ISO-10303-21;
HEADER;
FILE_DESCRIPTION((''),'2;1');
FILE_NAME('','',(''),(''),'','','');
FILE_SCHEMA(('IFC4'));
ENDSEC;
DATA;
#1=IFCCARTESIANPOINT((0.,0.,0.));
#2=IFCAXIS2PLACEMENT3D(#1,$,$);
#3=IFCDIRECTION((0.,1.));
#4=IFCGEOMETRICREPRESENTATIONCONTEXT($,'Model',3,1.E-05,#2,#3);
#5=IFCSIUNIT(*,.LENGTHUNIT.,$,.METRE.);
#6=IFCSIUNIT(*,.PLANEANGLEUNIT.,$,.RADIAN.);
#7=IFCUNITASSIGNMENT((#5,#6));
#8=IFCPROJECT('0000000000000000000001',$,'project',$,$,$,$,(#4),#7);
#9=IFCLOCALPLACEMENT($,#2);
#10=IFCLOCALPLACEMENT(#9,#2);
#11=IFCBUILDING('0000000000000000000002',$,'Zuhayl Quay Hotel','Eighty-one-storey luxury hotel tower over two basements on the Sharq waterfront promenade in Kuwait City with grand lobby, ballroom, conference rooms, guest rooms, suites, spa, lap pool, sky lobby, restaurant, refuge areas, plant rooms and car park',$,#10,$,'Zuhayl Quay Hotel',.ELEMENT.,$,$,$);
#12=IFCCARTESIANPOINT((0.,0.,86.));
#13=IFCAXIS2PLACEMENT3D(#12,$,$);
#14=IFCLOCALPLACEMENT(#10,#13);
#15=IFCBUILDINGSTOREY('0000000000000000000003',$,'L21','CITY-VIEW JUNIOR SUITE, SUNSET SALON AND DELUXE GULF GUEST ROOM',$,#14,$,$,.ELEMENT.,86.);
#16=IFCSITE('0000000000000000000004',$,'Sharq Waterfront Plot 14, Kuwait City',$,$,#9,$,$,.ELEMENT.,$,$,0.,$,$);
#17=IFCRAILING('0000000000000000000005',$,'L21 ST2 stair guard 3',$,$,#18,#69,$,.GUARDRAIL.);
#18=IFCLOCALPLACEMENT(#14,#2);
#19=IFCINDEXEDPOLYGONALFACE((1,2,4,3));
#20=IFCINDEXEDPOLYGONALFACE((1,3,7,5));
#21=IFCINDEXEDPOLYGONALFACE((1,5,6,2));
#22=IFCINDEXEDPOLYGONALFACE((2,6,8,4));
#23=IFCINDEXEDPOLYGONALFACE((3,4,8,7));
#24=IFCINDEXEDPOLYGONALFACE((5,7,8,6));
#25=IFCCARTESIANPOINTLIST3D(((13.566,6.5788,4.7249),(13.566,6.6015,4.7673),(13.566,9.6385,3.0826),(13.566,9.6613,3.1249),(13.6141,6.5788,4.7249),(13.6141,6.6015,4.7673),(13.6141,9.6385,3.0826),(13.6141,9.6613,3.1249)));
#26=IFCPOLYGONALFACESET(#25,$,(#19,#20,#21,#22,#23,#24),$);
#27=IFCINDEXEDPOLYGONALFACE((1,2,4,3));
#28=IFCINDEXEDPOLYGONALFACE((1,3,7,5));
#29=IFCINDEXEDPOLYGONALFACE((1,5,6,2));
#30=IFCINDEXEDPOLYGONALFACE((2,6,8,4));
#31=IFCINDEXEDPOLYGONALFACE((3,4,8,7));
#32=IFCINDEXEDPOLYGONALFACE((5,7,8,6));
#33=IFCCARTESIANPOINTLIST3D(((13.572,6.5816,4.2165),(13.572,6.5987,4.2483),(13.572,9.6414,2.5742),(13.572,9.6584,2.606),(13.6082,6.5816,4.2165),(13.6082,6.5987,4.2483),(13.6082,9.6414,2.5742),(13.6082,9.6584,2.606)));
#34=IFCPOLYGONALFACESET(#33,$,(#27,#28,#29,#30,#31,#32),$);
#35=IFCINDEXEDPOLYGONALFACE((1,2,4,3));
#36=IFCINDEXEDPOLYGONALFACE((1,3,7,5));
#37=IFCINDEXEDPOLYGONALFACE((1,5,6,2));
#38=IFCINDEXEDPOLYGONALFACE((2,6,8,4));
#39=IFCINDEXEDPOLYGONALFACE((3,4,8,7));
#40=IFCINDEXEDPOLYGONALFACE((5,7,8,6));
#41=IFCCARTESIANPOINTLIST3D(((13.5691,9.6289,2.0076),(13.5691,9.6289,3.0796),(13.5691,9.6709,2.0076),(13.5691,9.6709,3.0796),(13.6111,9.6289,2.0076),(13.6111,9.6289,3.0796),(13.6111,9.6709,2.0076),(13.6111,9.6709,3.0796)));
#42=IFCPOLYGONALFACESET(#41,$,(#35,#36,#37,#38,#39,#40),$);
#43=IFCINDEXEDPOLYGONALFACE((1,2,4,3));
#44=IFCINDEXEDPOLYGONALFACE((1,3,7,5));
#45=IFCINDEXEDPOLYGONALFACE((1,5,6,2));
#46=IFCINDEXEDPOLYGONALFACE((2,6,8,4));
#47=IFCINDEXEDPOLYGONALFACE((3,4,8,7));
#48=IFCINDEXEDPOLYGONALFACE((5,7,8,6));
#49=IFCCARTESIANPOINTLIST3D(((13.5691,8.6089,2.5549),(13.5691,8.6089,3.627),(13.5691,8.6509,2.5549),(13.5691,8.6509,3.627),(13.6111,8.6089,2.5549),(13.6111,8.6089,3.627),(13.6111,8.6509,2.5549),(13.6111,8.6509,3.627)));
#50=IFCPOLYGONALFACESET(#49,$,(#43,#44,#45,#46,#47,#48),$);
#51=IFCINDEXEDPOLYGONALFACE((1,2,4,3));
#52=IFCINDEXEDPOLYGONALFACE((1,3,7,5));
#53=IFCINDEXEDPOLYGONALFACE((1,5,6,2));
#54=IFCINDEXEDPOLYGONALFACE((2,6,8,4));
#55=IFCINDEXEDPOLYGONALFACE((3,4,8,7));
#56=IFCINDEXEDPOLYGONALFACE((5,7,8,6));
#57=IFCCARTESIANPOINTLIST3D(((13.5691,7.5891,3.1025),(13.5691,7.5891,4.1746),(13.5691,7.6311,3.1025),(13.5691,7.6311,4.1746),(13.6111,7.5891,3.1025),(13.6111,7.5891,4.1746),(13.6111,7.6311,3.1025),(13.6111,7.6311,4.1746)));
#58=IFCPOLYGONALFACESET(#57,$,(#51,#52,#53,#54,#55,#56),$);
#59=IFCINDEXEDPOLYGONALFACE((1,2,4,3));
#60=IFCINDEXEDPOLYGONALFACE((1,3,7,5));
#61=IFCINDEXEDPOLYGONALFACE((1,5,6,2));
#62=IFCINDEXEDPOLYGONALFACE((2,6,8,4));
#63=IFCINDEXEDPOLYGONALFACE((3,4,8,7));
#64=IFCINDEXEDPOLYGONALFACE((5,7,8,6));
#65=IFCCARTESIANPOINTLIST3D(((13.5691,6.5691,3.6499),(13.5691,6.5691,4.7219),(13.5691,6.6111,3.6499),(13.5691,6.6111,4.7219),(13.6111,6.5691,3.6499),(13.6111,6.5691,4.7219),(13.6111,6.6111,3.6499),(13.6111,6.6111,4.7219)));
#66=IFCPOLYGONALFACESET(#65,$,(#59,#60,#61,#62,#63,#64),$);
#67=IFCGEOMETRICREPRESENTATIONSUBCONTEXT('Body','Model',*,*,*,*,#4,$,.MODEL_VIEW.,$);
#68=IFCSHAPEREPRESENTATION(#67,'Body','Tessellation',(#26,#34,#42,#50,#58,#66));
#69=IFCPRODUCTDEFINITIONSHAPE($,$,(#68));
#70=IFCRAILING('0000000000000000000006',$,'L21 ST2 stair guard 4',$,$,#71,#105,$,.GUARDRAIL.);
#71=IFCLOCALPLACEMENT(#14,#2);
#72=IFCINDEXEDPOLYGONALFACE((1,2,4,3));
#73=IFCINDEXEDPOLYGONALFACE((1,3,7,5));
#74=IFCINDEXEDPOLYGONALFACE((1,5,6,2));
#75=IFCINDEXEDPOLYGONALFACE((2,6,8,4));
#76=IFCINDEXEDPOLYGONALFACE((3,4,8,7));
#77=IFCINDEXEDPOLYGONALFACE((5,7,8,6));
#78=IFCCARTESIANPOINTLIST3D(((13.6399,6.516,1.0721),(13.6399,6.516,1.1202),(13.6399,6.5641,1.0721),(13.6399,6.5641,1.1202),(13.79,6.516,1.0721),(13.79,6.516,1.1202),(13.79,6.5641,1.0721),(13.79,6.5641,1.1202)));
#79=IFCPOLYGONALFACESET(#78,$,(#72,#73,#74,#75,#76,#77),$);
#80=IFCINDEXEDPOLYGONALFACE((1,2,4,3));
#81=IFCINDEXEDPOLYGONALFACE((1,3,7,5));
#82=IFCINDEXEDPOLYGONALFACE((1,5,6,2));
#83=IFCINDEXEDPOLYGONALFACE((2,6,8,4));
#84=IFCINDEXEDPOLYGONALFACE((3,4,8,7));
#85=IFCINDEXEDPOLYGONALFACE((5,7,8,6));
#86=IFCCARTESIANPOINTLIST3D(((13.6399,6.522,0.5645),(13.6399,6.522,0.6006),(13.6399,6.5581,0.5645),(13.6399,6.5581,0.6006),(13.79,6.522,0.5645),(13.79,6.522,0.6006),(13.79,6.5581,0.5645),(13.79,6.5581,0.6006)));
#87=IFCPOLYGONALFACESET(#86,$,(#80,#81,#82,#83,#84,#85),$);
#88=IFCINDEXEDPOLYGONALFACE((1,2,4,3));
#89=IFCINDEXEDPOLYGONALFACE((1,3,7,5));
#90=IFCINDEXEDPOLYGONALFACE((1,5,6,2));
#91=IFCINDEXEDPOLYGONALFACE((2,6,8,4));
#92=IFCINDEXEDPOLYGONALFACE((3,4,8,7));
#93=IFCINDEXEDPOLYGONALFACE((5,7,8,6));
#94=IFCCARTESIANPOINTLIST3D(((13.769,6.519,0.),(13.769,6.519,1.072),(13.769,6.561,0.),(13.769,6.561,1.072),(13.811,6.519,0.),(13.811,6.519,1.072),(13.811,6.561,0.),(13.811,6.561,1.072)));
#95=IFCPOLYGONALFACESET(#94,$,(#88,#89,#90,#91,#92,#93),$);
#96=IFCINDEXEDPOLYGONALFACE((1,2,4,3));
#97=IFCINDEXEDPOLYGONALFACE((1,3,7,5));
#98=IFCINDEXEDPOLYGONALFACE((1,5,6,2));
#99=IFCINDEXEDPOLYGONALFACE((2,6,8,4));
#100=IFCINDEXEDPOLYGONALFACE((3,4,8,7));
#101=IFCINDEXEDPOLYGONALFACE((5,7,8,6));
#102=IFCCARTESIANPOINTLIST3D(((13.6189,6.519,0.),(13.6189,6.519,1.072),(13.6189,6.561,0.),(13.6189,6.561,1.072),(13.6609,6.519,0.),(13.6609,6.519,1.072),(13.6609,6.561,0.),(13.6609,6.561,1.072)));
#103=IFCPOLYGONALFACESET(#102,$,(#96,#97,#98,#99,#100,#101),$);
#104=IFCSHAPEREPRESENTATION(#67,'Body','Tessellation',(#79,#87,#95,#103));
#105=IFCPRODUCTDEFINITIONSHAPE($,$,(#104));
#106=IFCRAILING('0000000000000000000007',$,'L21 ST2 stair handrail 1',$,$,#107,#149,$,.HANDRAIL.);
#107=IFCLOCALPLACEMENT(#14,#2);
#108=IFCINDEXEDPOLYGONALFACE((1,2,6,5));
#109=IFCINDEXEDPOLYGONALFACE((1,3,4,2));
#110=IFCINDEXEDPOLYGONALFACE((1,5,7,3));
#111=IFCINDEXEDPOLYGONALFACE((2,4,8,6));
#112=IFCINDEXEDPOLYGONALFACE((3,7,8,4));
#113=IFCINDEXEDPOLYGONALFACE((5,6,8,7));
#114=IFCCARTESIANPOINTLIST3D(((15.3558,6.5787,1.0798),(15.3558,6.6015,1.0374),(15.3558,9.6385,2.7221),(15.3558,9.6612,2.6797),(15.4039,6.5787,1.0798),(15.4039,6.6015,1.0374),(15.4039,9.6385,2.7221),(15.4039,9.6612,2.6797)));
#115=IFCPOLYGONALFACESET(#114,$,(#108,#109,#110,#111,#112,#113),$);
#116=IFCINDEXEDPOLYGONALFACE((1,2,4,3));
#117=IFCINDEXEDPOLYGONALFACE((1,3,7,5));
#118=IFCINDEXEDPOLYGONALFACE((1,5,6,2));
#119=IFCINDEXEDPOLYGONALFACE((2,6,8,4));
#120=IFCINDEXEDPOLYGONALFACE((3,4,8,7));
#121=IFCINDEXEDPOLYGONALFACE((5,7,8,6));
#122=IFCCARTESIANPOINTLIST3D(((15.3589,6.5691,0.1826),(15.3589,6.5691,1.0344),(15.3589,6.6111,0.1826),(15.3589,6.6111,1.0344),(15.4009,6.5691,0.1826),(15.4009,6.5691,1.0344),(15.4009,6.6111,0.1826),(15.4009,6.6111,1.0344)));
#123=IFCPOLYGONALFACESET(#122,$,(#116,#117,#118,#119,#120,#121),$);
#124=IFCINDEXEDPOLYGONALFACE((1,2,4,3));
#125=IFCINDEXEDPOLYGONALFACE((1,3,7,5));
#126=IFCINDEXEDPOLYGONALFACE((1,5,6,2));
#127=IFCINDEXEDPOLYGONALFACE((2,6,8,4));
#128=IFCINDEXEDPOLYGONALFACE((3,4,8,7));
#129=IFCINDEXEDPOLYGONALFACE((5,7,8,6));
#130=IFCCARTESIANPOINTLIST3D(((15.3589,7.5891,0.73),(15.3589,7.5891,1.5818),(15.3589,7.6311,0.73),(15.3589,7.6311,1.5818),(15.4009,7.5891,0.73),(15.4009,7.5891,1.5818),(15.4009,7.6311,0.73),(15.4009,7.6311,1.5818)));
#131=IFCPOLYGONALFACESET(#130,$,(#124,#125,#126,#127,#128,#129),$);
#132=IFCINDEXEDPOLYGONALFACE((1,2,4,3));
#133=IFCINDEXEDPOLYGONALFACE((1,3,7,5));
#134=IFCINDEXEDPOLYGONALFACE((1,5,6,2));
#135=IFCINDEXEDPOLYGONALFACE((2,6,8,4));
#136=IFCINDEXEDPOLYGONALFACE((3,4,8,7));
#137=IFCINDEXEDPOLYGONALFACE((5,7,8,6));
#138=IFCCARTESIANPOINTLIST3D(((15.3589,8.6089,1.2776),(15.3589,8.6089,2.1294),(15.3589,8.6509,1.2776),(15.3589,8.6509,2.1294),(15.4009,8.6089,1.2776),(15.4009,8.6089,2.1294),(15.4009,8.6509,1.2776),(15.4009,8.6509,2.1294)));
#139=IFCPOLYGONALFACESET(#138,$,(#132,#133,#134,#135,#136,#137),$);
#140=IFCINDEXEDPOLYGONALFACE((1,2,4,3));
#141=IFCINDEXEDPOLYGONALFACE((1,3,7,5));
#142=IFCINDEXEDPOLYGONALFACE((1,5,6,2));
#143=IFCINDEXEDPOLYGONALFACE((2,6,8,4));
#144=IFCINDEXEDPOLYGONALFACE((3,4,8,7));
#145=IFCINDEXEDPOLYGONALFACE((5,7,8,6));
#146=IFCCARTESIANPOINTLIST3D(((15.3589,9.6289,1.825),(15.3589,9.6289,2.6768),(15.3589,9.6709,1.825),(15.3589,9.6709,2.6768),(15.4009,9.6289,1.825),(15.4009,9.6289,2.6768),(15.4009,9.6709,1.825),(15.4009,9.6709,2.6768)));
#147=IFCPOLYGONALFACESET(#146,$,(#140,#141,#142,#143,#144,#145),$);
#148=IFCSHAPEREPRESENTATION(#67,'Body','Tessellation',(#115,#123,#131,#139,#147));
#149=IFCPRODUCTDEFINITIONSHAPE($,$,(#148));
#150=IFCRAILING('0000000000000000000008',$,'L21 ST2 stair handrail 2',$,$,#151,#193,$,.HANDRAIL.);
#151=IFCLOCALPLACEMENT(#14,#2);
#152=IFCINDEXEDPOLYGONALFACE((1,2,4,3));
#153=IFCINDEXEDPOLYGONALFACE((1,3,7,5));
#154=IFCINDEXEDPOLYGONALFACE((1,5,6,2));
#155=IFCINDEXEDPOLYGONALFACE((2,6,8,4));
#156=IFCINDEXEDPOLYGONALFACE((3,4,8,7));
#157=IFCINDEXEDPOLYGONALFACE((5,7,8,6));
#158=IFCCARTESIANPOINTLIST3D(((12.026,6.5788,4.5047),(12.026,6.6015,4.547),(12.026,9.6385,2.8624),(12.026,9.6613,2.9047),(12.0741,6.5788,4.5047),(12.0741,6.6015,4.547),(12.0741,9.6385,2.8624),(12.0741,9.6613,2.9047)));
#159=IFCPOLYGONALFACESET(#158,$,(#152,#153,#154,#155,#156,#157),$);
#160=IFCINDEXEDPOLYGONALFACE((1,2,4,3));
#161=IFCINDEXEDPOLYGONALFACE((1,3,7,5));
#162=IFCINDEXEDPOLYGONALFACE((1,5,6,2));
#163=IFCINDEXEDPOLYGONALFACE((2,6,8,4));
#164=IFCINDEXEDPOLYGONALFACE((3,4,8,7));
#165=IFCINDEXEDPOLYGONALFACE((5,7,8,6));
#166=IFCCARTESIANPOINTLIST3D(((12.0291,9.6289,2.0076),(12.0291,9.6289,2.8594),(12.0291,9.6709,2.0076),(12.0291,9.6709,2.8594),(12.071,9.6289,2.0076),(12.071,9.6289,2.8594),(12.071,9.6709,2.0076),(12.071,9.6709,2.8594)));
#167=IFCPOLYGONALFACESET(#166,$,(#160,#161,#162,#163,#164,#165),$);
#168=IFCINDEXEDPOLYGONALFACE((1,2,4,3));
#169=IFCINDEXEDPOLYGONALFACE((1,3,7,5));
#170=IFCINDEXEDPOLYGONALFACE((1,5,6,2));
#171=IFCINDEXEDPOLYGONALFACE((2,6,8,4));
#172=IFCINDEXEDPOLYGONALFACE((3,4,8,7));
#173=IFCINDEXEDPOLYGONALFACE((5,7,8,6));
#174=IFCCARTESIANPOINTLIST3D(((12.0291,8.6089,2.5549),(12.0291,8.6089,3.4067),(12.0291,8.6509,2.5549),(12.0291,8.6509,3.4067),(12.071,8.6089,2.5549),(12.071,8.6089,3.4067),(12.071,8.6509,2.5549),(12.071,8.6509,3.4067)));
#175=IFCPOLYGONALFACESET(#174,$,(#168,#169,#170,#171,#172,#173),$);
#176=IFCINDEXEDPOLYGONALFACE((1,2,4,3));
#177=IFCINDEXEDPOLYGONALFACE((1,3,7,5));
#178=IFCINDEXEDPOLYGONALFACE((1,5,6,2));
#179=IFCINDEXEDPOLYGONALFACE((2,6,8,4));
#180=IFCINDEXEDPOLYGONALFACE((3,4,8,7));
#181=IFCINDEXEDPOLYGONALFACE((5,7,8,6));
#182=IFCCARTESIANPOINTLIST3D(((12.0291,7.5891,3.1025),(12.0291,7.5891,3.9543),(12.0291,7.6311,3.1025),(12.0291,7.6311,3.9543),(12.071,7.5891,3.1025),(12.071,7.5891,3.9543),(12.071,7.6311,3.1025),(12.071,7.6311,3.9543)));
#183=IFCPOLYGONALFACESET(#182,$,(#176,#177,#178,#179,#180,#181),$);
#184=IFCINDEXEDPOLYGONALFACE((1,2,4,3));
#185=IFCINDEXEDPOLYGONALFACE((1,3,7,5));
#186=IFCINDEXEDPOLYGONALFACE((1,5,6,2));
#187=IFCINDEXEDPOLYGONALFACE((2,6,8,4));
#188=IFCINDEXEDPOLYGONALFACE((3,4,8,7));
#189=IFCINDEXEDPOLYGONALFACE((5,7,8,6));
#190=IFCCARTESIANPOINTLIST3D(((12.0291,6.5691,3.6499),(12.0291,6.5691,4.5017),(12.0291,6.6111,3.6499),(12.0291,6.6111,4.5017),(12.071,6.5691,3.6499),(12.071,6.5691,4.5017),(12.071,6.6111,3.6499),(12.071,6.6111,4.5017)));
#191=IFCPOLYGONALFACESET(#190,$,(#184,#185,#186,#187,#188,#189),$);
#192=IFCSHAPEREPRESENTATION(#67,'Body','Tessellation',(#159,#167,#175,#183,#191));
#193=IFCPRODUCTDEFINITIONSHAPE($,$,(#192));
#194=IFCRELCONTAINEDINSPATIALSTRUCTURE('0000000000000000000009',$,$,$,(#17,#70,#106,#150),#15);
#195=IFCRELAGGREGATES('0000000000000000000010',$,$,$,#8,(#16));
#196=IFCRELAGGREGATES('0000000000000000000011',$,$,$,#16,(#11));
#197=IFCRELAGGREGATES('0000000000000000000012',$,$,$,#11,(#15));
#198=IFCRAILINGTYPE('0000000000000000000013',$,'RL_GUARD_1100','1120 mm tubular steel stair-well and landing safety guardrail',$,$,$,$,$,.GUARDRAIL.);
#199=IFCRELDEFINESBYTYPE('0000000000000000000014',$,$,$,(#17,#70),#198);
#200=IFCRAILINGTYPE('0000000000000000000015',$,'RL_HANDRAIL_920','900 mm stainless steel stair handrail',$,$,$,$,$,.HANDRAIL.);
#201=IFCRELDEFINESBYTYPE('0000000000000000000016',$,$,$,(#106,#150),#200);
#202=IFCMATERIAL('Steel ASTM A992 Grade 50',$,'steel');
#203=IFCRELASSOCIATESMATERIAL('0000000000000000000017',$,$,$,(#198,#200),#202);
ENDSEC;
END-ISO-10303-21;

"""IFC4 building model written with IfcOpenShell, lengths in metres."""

from ifc_helpers import new_model, si_unit, direction, frame, origin, origin_2d, place, context, subcontext, project, spatial, rectangle, extrude, material, type_object, element, save


model = new_model("IFC4")

# Units and contexts
model_context = context("Model", 3, precision=1e-05, world=origin(), true_north=direction((0.0, 1.0)))
body_context = subcontext(model_context, "Body", "Model", "MODEL_VIEW")
ifc_project = project(units=[si_unit("LENGTHUNIT", "METRE"), si_unit("PLANEANGLEUNIT", "RADIAN")], contexts=[model_context])

# Site, building, storey
site_placement = place(None, origin())
site = spatial("IfcSite", under=ifc_project, at=site_placement, Name="Sharq Waterfront Plot 14, Kuwait City", CompositionType="ELEMENT", RefElevation=0.0)
building_placement = place(site_placement, origin())
building = spatial("IfcBuilding", under=site, at=building_placement, Name="Zuhayl Quay Hotel", Description="Eighty-one-storey luxury hotel tower over two basements on the Sharq waterfront promenade in Kuwait City with grand lobby, ballroom, conference rooms, guest rooms, suites, spa, lap pool, sky lobby, restaurant, refuge areas, plant rooms and car park", LongName="Zuhayl Quay Hotel", CompositionType="ELEMENT")
storey_placement = place(building_placement, frame((0.0, 0.0, 86.0)))
storey = spatial("IfcBuildingStorey", under=building, at=storey_placement, Name="L21", Description="CITY-VIEW JUNIOR SUITE, SUNSET SALON AND DELUXE GULF GUEST ROOM", CompositionType="ELEMENT", Elevation=86.0)

# Shared definitions
ifc_material_1 = material(Name="Steel ASTM A992 Grade 50", Category="steel")

# Railings
railing_type_1 = type_object("IfcRailingType", Name="RL_GUARD_1100", Description="1120 mm tubular steel stair-well and landing safety guardrail", PredefinedType="GUARDRAIL", material=ifc_material_1)
railing_1_placement = place(storey_placement, frame((13.5901, 9.6499, 2.0076)))
element("IfcRailing", 1, at=railing_1_placement, inside=storey, type_object=railing_type_1, Name="L21 ST2 stair guard 3", PredefinedType="GUARDRAIL", context=body_context, shape_type="SweptSolid", body=[
    extrude(rectangle(XDim=0.0481, YDim=0.0481, at=origin_2d()), frame((0.0, 0.0, 1.0962), z_axis=(0.0, -0.881102, 0.472926), x_axis=(1.0, 0.0, 0.0)), (0.0, 0.0, 1.0), 3.4727),
    extrude(rectangle(XDim=0.0361, YDim=0.0361, at=origin_2d()), frame((0.0, 0.0, 0.5825), z_axis=(0.0, -0.881102, 0.472926), x_axis=(1.0, 0.0, 0.0)), (0.0, 0.0, 1.0), 3.4727),
    extrude(rectangle(XDim=0.042, YDim=0.042, at=origin_2d()), origin(), (0.0, 0.0, 1.0), 1.072),
    extrude(rectangle(XDim=0.042, YDim=0.042, at=origin_2d()), frame((0.0, -1.02, 0.5474)), (0.0, 0.0, 1.0), 1.072),
    extrude(rectangle(XDim=0.042, YDim=0.042, at=origin_2d()), frame((0.0, -2.0398, 1.095)), (0.0, 0.0, 1.0), 1.072),
    extrude(rectangle(XDim=0.042, YDim=0.042, at=origin_2d()), frame((0.0, -3.0598, 1.6423)), (0.0, 0.0, 1.0), 1.072),
])
railing_2_placement = place(storey_placement, frame((13.79, 6.54, 0.0)))
element("IfcRailing", 2, at=railing_2_placement, inside=storey, type_object=railing_type_1, Name="L21 ST2 stair guard 4", PredefinedType="GUARDRAIL", context=body_context, shape_type="SweptSolid", body=[
    extrude(rectangle(XDim=0.0481, YDim=0.0481, at=origin_2d()), frame((0.0, 0.0, 1.0962), z_axis=(-1.0, 0.0, 0.0), x_axis=(0.0, -1.0, 0.0)), (0.0, 0.0, 1.0), 0.1501),
    extrude(rectangle(XDim=0.0361, YDim=0.0361, at=origin_2d()), frame((0.0, 0.0, 0.5825), z_axis=(-1.0, 0.0, 0.0), x_axis=(0.0, -1.0, 0.0)), (0.0, 0.0, 1.0), 0.1501),
    extrude(rectangle(XDim=0.042, YDim=0.042, at=origin_2d()), origin(), (0.0, 0.0, 1.0), 1.072),
    extrude(rectangle(XDim=0.042, YDim=0.042, at=origin_2d()), frame((-0.1501, 0.0, 0.0)), (0.0, 0.0, 1.0), 1.072),
])
railing_type_2 = type_object("IfcRailingType", Name="RL_HANDRAIL_920", Description="900 mm stainless steel stair handrail", PredefinedType="HANDRAIL", material=ifc_material_1)
railing_3_placement = place(storey_placement, frame((15.3799, 6.5901, 0.1826)))
element("IfcRailing", 3, at=railing_3_placement, inside=storey, type_object=railing_type_2, Name="L21 ST2 stair handrail 1", PredefinedType="HANDRAIL", context=body_context, shape_type="SweptSolid", body=[
    extrude(rectangle(XDim=0.0481, YDim=0.0481, at=origin_2d()), frame((0.0, 0.0, 0.876), z_axis=(0.0, 0.881102, 0.472926), x_axis=(-1.0, 0.0, 0.0)), (0.0, 0.0, 1.0), 3.4727),
    extrude(rectangle(XDim=0.042, YDim=0.042, at=origin_2d()), origin(), (0.0, 0.0, 1.0), 0.8518),
    extrude(rectangle(XDim=0.042, YDim=0.042, at=origin_2d()), frame((0.0, 1.02, 0.5474)), (0.0, 0.0, 1.0), 0.8518),
    extrude(rectangle(XDim=0.042, YDim=0.042, at=origin_2d()), frame((0.0, 2.0398, 1.095)), (0.0, 0.0, 1.0), 0.8518),
    extrude(rectangle(XDim=0.042, YDim=0.042, at=origin_2d()), frame((0.0, 3.0598, 1.6423)), (0.0, 0.0, 1.0), 0.8518),
])
railing_4_placement = place(storey_placement, frame((12.05, 9.6499, 2.0076)))
element("IfcRailing", 4, at=railing_4_placement, inside=storey, type_object=railing_type_2, Name="L21 ST2 stair handrail 2", PredefinedType="HANDRAIL", context=body_context, shape_type="SweptSolid", body=[
    extrude(rectangle(XDim=0.0481, YDim=0.0481, at=origin_2d()), frame((0.0, 0.0, 0.876), z_axis=(0.0, -0.881102, 0.472926), x_axis=(1.0, 0.0, 0.0)), (0.0, 0.0, 1.0), 3.4727),
    extrude(rectangle(XDim=0.042, YDim=0.042, at=origin_2d()), origin(), (0.0, 0.0, 1.0), 0.8518),
    extrude(rectangle(XDim=0.042, YDim=0.042, at=origin_2d()), frame((0.0, -1.02, 0.5474)), (0.0, 0.0, 1.0), 0.8518),
    extrude(rectangle(XDim=0.042, YDim=0.042, at=origin_2d()), frame((0.0, -2.0398, 1.095)), (0.0, 0.0, 1.0), 0.8518),
    extrude(rectangle(XDim=0.042, YDim=0.042, at=origin_2d()), frame((0.0, -3.0598, 1.6423)), (0.0, 0.0, 1.0), 0.8518),
])

save(model, "model.ifc")
